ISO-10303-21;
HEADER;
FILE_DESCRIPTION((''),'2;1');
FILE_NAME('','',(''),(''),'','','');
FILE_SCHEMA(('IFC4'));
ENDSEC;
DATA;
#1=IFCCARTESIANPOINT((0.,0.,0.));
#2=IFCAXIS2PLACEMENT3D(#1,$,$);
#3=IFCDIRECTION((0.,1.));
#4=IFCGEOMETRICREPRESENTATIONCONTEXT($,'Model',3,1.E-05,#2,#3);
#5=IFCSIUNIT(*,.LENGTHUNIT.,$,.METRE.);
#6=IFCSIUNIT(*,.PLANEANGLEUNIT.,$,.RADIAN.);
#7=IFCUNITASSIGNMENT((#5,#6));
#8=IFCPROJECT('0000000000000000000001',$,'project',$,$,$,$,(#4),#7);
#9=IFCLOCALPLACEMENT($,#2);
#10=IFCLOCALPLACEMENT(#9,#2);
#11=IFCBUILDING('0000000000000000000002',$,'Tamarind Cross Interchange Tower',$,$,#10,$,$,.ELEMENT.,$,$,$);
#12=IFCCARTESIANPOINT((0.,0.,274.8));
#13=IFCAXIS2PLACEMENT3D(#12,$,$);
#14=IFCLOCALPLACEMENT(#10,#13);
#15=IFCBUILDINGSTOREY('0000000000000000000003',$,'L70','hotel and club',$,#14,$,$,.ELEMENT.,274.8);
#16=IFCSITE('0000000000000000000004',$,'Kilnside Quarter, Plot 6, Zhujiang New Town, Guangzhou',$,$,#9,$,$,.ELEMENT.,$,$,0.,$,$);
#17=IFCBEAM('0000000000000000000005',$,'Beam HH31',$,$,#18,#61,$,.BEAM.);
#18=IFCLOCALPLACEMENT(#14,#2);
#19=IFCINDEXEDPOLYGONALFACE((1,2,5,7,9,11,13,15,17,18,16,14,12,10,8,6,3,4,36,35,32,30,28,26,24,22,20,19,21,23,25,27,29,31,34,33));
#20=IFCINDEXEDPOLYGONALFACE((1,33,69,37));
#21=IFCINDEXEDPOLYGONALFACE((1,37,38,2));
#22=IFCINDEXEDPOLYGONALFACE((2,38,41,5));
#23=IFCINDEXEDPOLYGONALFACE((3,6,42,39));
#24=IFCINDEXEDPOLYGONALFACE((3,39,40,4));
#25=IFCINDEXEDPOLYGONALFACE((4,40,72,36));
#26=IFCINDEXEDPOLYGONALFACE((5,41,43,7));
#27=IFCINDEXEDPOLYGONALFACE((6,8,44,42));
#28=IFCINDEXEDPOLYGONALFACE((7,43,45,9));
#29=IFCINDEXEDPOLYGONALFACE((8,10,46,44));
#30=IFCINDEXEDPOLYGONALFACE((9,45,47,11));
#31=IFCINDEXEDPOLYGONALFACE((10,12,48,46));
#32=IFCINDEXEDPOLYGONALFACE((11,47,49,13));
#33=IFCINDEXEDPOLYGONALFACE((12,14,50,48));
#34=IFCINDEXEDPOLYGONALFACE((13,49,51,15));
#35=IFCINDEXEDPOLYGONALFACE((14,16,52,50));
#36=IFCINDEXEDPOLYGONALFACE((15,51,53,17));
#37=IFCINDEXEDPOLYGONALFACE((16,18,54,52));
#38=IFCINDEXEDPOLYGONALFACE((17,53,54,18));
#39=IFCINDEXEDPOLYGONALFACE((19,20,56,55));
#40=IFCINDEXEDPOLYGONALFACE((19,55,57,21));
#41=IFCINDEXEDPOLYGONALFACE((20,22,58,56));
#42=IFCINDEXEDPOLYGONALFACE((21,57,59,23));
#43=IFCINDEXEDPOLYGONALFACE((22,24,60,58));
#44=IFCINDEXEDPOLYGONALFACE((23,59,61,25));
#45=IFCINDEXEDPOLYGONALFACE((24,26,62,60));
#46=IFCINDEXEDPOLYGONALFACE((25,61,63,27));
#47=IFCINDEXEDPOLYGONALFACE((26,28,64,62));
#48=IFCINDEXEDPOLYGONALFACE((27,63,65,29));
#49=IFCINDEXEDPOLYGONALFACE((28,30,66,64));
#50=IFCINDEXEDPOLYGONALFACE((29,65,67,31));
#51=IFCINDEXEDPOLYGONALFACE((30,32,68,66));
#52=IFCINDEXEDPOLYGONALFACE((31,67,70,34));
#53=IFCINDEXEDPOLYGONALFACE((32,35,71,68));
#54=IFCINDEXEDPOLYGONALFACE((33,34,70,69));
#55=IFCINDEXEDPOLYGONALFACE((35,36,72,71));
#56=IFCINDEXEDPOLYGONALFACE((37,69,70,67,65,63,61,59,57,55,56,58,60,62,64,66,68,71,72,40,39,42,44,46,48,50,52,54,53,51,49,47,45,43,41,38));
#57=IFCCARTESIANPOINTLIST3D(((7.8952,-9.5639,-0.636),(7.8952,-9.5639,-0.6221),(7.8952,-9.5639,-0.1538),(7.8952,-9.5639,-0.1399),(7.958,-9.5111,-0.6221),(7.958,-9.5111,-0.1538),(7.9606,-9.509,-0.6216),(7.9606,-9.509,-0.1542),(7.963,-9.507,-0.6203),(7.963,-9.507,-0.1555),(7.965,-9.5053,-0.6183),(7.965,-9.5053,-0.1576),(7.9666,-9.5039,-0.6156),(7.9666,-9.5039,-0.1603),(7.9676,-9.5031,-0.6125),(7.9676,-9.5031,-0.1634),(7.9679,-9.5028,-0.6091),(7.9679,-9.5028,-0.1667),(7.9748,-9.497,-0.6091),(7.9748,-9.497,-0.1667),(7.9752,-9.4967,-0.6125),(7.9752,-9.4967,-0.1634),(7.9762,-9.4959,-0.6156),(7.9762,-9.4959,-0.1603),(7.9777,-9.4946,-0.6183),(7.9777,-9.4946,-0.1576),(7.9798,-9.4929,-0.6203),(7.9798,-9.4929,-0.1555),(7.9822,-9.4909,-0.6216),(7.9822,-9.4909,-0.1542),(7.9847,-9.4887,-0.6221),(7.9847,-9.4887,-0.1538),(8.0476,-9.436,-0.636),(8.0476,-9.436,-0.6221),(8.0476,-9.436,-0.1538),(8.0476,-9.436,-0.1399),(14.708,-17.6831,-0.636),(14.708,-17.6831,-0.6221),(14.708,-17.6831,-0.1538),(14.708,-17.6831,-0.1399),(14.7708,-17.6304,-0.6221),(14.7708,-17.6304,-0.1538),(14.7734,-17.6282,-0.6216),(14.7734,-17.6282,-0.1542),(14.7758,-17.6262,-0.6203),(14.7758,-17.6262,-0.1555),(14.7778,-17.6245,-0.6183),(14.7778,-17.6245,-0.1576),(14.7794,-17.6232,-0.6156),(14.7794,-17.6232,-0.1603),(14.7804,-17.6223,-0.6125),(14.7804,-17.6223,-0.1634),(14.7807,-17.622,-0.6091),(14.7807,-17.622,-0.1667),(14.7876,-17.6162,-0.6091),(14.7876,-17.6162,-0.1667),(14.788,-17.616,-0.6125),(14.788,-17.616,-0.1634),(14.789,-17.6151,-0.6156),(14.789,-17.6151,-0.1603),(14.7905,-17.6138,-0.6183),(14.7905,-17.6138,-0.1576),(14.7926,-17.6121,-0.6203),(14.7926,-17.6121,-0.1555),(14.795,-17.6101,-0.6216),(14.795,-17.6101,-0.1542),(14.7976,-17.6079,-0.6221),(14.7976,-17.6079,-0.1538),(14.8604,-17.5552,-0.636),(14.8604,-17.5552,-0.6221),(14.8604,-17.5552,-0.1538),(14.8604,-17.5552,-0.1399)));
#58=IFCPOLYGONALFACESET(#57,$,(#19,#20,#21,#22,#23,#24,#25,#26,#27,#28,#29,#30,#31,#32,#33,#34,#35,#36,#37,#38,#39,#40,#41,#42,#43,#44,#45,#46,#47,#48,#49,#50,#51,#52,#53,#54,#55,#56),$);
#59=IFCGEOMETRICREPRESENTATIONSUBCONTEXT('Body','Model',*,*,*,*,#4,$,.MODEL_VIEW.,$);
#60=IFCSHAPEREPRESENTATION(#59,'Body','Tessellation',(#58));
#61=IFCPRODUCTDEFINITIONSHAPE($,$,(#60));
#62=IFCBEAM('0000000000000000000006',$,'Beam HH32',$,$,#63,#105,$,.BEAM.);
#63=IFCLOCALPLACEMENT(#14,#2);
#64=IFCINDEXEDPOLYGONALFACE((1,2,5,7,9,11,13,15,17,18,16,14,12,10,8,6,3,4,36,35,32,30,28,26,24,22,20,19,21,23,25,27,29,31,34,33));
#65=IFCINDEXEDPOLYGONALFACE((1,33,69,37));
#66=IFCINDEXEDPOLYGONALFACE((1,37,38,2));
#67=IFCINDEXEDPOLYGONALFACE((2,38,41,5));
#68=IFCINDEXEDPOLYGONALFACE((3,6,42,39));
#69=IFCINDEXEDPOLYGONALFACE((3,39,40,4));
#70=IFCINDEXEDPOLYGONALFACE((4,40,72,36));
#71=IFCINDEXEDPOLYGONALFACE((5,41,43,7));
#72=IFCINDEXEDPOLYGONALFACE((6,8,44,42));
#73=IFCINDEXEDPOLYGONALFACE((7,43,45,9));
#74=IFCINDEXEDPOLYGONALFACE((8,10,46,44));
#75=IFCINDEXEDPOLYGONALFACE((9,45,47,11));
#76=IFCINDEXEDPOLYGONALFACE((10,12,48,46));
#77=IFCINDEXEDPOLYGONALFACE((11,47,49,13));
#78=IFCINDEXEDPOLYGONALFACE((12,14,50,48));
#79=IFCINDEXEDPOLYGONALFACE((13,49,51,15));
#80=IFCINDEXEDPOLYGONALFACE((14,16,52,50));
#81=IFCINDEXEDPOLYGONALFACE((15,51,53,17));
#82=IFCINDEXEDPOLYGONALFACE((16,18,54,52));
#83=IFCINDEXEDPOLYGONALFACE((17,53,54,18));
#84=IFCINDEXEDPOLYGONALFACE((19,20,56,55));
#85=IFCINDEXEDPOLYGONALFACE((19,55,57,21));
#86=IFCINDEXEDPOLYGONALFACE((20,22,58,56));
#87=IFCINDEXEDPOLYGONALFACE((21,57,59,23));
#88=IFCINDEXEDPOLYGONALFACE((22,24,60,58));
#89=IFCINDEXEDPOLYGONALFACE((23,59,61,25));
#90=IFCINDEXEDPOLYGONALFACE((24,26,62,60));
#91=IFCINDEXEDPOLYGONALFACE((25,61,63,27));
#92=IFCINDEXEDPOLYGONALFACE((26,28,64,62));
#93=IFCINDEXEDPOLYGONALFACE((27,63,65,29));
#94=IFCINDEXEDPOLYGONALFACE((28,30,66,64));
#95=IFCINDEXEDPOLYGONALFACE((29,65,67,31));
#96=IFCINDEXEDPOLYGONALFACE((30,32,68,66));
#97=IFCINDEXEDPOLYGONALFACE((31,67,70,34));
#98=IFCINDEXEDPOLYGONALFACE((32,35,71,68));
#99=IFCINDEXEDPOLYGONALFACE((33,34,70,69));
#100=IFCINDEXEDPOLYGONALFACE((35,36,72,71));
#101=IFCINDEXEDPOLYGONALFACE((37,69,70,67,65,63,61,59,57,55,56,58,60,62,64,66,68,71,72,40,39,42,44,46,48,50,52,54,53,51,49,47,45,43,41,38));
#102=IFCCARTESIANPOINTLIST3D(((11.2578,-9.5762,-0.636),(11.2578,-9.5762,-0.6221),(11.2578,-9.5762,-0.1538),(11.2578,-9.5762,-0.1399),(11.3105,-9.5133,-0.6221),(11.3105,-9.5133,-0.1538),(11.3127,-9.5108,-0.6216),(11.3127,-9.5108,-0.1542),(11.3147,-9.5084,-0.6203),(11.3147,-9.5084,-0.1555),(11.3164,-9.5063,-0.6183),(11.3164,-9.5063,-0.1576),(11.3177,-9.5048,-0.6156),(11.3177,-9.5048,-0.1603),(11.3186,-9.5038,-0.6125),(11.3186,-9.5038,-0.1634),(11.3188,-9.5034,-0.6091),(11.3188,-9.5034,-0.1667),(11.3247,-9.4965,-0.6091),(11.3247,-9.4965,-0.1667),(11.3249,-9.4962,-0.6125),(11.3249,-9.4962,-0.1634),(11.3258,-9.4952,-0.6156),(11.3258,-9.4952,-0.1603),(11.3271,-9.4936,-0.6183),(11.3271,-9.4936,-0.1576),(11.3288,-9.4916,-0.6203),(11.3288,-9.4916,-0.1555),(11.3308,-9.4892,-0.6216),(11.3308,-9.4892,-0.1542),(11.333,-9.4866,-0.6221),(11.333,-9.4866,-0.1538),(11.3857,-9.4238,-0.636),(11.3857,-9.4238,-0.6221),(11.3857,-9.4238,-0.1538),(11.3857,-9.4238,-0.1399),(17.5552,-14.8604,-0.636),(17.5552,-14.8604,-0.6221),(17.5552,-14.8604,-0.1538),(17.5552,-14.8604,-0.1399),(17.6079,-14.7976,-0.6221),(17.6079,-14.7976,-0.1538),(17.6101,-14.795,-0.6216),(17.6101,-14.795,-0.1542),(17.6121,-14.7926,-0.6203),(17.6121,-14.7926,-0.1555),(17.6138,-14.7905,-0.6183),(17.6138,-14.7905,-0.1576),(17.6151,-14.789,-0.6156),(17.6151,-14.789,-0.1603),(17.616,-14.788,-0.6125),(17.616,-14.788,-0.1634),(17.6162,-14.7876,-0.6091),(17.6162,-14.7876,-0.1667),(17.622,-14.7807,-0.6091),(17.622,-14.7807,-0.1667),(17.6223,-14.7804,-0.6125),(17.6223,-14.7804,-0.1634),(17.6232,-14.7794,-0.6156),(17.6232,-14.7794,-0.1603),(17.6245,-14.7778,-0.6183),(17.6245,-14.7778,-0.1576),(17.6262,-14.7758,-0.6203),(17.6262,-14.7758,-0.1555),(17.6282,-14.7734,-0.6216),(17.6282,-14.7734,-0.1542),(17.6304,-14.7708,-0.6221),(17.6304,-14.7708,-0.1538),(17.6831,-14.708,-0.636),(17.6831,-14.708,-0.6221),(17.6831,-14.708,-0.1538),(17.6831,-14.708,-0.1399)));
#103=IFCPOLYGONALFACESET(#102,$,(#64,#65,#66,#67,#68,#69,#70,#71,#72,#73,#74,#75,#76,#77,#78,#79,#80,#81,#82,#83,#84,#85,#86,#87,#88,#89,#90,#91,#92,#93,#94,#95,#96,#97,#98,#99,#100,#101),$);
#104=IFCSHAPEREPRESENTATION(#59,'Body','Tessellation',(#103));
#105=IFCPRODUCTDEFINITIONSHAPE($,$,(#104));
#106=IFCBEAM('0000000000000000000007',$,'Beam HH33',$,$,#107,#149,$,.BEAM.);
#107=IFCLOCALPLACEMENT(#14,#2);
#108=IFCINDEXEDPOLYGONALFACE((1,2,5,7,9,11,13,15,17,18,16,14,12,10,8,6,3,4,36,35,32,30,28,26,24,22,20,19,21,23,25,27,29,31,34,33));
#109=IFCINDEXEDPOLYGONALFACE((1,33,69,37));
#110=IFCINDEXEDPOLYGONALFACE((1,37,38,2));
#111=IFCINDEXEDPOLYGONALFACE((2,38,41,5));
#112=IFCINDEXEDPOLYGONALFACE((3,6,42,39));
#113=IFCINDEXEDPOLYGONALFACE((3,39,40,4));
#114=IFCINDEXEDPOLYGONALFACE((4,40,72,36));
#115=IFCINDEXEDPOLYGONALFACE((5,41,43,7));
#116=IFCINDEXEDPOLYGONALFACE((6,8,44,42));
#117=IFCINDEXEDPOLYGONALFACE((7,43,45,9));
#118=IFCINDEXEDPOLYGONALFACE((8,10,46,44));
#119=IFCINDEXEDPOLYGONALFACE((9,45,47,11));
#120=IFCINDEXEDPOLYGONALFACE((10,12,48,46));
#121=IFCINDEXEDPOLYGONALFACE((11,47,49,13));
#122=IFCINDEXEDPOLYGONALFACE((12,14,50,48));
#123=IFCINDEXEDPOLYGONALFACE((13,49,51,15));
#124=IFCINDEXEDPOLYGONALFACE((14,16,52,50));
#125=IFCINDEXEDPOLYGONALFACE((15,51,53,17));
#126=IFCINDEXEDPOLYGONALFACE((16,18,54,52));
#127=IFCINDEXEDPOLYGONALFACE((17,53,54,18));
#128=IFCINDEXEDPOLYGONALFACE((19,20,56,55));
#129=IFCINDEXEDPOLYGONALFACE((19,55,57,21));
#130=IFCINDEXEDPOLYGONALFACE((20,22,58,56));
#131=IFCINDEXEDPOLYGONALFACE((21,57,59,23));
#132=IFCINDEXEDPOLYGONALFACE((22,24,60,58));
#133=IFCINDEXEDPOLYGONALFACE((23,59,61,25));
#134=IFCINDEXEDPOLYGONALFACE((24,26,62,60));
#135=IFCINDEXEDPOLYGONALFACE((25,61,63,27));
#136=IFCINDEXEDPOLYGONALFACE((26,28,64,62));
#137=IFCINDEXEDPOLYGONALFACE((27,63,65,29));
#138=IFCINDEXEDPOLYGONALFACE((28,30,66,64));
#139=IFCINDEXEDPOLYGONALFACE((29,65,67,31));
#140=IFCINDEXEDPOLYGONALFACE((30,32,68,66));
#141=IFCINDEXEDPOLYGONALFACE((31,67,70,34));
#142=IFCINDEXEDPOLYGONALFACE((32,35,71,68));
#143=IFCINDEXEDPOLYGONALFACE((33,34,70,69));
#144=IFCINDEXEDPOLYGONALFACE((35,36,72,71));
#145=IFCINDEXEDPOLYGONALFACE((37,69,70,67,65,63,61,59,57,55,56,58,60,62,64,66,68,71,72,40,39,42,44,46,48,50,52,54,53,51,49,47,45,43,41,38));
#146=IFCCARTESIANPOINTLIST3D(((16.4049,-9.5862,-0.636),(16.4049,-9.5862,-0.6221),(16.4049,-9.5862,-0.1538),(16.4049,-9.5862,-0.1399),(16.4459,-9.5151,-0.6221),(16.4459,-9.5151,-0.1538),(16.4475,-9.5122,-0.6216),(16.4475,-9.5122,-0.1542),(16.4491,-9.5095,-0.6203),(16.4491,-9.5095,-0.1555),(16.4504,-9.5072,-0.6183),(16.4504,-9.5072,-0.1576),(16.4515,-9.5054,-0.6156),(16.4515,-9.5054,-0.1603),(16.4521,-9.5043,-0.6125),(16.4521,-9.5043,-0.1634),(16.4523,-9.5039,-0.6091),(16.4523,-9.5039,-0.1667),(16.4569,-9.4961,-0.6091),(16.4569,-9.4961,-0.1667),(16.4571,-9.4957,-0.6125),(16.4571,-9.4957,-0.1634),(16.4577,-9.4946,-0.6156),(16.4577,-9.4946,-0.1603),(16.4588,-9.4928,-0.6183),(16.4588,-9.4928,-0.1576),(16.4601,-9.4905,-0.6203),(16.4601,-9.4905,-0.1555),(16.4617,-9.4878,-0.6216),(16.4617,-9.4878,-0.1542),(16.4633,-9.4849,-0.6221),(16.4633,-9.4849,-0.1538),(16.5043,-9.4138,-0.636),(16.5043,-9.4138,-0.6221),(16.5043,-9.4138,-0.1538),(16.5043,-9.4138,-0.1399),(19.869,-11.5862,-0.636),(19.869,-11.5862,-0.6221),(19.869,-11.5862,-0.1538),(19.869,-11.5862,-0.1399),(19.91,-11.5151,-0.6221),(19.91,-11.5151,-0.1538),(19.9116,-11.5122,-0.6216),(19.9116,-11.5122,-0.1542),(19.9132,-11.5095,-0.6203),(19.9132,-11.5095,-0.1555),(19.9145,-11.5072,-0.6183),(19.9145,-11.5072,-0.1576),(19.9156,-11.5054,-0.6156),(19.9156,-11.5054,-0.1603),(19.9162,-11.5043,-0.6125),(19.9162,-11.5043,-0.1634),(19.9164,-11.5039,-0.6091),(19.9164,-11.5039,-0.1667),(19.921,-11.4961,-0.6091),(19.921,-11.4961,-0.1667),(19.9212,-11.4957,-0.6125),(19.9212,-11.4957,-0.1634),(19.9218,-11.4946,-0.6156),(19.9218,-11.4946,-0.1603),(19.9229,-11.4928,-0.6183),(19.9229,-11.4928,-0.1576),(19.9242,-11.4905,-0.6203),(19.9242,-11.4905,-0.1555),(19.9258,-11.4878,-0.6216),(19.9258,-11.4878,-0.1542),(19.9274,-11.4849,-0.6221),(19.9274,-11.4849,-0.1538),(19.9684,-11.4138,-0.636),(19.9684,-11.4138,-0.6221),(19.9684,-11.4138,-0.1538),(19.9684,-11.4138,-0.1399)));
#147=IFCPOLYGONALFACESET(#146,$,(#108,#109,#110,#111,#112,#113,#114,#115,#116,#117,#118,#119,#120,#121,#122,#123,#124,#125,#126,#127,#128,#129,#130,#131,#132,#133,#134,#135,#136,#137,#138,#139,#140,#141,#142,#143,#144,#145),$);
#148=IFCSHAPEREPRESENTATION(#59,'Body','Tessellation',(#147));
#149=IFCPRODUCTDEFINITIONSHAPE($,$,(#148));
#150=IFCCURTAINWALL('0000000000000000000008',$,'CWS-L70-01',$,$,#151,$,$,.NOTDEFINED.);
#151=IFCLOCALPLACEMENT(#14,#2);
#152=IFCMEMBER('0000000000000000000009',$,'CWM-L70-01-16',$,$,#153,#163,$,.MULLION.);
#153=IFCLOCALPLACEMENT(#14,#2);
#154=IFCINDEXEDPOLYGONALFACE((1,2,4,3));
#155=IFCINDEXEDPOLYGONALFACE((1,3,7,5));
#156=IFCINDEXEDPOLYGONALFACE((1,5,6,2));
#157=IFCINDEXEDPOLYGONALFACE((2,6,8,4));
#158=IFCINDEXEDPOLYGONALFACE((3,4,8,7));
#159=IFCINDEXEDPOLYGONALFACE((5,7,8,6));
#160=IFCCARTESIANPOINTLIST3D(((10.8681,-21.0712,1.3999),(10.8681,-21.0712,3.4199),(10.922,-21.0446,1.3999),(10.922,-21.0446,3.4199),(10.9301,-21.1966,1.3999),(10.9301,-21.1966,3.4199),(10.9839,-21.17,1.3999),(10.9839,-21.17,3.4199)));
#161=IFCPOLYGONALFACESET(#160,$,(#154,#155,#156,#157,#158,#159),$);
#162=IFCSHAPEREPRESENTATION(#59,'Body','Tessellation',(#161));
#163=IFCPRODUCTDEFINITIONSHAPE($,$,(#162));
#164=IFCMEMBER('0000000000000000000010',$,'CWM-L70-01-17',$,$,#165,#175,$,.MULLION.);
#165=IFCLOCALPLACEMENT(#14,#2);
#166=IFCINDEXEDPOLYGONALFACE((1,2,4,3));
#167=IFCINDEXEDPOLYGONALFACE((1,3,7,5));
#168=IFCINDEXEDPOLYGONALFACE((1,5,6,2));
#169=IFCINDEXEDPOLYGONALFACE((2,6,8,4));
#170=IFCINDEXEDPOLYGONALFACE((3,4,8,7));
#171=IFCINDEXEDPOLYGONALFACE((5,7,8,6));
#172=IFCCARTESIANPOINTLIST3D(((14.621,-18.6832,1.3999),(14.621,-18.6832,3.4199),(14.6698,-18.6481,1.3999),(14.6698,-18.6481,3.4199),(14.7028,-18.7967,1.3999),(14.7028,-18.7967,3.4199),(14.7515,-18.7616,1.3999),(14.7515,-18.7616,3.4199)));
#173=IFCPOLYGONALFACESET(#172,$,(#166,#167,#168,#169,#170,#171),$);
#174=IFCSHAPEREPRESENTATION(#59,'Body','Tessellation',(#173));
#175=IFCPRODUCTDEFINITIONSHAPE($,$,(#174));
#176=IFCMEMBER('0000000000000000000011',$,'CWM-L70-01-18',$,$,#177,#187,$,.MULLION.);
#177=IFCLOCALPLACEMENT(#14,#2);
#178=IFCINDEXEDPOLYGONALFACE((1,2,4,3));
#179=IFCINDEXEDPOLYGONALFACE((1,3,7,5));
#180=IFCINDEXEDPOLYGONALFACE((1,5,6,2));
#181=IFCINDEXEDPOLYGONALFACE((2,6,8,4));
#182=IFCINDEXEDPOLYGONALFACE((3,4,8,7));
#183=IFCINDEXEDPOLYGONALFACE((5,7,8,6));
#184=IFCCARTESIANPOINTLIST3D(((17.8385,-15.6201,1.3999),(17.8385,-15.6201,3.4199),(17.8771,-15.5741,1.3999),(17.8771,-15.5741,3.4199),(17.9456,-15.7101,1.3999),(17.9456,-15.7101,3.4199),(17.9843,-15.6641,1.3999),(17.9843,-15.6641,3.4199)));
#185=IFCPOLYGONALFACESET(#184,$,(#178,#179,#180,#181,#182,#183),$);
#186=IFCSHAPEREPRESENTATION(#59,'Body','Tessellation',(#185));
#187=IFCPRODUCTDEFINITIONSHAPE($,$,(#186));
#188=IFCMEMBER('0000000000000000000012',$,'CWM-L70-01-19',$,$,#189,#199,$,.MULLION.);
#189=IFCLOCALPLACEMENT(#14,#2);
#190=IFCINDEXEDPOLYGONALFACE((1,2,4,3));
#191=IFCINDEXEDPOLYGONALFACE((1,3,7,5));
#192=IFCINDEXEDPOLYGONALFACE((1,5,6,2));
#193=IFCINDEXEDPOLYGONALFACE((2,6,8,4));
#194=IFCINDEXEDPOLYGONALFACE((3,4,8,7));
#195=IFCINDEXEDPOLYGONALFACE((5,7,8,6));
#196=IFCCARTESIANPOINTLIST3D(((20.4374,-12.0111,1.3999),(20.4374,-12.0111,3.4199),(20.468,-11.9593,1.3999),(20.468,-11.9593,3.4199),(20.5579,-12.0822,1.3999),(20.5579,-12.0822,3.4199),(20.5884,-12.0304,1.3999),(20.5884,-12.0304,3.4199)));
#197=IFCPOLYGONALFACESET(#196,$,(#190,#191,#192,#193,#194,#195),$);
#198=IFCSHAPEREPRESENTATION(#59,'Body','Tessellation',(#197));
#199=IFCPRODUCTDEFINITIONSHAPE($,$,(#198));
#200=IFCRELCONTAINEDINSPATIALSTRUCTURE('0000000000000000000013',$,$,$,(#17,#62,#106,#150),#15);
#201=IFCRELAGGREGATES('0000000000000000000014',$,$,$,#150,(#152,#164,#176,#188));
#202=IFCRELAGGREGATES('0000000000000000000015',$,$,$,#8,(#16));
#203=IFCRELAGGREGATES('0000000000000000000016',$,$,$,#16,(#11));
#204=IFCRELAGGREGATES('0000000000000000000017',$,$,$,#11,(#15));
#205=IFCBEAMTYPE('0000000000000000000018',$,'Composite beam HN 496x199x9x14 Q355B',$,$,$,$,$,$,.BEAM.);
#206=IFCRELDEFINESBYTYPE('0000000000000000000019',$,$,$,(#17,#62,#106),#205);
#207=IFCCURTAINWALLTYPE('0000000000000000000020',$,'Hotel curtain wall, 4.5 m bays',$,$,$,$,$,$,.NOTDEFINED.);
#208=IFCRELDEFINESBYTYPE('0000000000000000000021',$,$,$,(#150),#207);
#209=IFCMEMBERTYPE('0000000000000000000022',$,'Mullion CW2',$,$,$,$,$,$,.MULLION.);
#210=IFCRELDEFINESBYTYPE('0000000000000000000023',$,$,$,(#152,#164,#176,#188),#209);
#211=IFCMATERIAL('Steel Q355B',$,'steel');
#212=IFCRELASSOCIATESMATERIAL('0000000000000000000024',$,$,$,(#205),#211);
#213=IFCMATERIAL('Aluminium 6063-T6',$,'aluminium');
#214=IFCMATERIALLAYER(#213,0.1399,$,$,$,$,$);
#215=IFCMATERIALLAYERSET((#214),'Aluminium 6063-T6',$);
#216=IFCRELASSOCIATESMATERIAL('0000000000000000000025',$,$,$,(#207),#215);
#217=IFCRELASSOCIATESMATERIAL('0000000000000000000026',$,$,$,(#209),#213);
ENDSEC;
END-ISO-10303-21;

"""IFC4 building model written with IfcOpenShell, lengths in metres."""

from ifc_helpers import new_model, si_unit, direction, frame, origin, origin_2d, place, context, subcontext, project, spatial, rectangle, i_section, extrude, material, layer, layer_set, material_profile, profile_set, type_object, element, aggregate, save


model = new_model("IFC4")

# Units and contexts
model_context = context("Model", 3, precision=1e-05, world=origin(), true_north=direction((0.0, 1.0)))
body_context = subcontext(model_context, "Body", "Model", "MODEL_VIEW")
ifc_project = project(units=[si_unit("LENGTHUNIT", "METRE"), si_unit("PLANEANGLEUNIT", "RADIAN")], contexts=[model_context])

# Site, building, storey
site_placement = place(None, origin())
site = spatial("IfcSite", under=ifc_project, at=site_placement, Name="Kilnside Quarter, Plot 6, Zhujiang New Town, Guangzhou", CompositionType="ELEMENT", RefElevation=0.0)
building_placement = place(site_placement, origin())
building = spatial("IfcBuilding", under=site, at=building_placement, Name="Tamarind Cross Interchange Tower", CompositionType="ELEMENT")
storey_placement = place(building_placement, frame((0.0, 0.0, 274.8)))
storey = spatial("IfcBuildingStorey", under=building, at=storey_placement, Name="L70", Description="hotel and club", CompositionType="ELEMENT", Elevation=274.8)

# Beams
ifc_material_1 = material(Name="Steel Q355B", Category="steel")
ifc_material_profile_1 = material_profile(ifc_material_1, i_section(OverallWidth=0.199, OverallDepth=0.4961, WebThickness=0.009, FlangeThickness=0.0139, FilletRadius=0.0129, at=origin_2d()), Name="HN 496x199x9x14")
ifc_profile_set_1 = profile_set([ifc_material_profile_1], Name="Steel Q355B")
beam_type = type_object("IfcBeamType", Name="Composite beam HN 496x199x9x14 Q355B", PredefinedType="BEAM", material=ifc_profile_set_1)
beam_1_placement = place(storey_placement, frame((14.7842, -17.6191, -0.3879), z_axis=(-0.642786, 0.766046, 0.0), x_axis=(-0.766046, -0.642786, 0.0)))
element("IfcBeam", 1, at=beam_1_placement, inside=storey, type_object=beam_type, Name="Beam HH31", PredefinedType="BEAM", context=body_context, shape_type="SweptSolid", body=[
    extrude(i_section(OverallWidth=0.199, OverallDepth=0.4961, WebThickness=0.009, FlangeThickness=0.0139, FilletRadius=0.0129, at=origin_2d()), origin(), (0.0, 0.0, 1.0), 10.5989),
])
beam_2_placement = place(storey_placement, frame((17.6191, -14.7842, -0.3879), z_axis=(-0.766041, 0.642792, 0.0), x_axis=(-0.642792, -0.766041, 0.0)))
element("IfcBeam", 2, at=beam_2_placement, inside=storey, type_object=beam_type, Name="Beam HH32", PredefinedType="BEAM", context=body_context, shape_type="SweptSolid", body=[
    extrude(i_section(OverallWidth=0.199, OverallDepth=0.4961, WebThickness=0.009, FlangeThickness=0.0139, FilletRadius=0.0129, at=origin_2d()), origin(), (0.0, 0.0, 1.0), 8.2207),
])
beam_3_placement = place(storey_placement, frame((19.9187, -11.5, -0.3879), z_axis=(-0.866026, 0.499999, 0.0), x_axis=(-0.499999, -0.866026, 0.0)))
element("IfcBeam", 3, at=beam_3_placement, inside=storey, type_object=beam_type, Name="Beam HH33", PredefinedType="BEAM", context=body_context, shape_type="SweptSolid", body=[
    extrude(i_section(OverallWidth=0.199, OverallDepth=0.4961, WebThickness=0.009, FlangeThickness=0.0139, FilletRadius=0.0129, at=origin_2d()), origin(), (0.0, 0.0, 1.0), 4.0),
])

# Curtain wall, members
ifc_material_2 = material(Name="Aluminium 6063-T6", Category="aluminium")
ifc_layer_1 = layer(ifc_material_2, 0.1399)
ifc_layer_set_1 = layer_set([ifc_layer_1], Name="Aluminium 6063-T6")
curtain_wall_type = type_object("IfcCurtainWallType", Name="Hotel curtain wall, 4.5 m bays", PredefinedType="NOTDEFINED", material=ifc_layer_set_1)
curtain_wall_placement = place(storey_placement, origin())
curtain_wall = element("IfcCurtainWall", 4, at=curtain_wall_placement, inside=storey, type_object=curtain_wall_type, Name="CWS-L70-01", PredefinedType="NOTDEFINED")
ifc_material_profile_2 = material_profile(ifc_material_2, rectangle(XDim=0.0601, YDim=0.1399, at=origin_2d()), Name="Mullion CW2")
ifc_profile_set_2 = profile_set([ifc_material_profile_2], Name="Aluminium 6063-T6")
member_type = type_object("IfcMemberType", Name="Mullion CW2", PredefinedType="MULLION", material=ifc_profile_set_2)
member_1_placement = place(storey_placement, frame((10.926, -21.1206, 1.3999), z_axis=(0.0, 0.0, 1.0), x_axis=(0.896493, 0.443059, 0.0)))
member_1 = element("IfcMember", 5, at=member_1_placement, type_object=member_type, Name="CWM-L70-01-16", PredefinedType="MULLION", context=body_context, shape_type="SweptSolid", body=[
    extrude(rectangle(XDim=0.0601, YDim=0.1399, at=origin_2d()), origin(), (0.0, 0.0, 1.0), 2.02),
])
member_2_placement = place(storey_placement, frame((14.6863, -18.7224, 1.3999), z_axis=(0.0, 0.0, 1.0), x_axis=(0.81134, 0.584574, 0.0)))
member_2 = element("IfcMember", 6, at=member_2_placement, type_object=member_type, Name="CWM-L70-01-17", PredefinedType="MULLION", context=body_context, shape_type="SweptSolid", body=[
    extrude(rectangle(XDim=0.0601, YDim=0.1399, at=origin_2d()), origin(), (0.0, 0.0, 1.0), 2.02),
])
member_3_placement = place(storey_placement, frame((17.9114, -15.6421, 1.3999), z_axis=(0.0, 0.0, 1.0), x_axis=(0.643009, 0.765858, 0.0)))
member_3 = element("IfcMember", 7, at=member_3_placement, type_object=member_type, Name="CWM-L70-01-18", PredefinedType="MULLION", context=body_context, shape_type="SweptSolid", body=[
    extrude(rectangle(XDim=0.0601, YDim=0.1399, at=origin_2d()), origin(), (0.0, 0.0, 1.0), 2.02),
])
member_4_placement = place(storey_placement, frame((20.5129, -12.0208, 1.3999), z_axis=(0.0, 0.0, 1.0), x_axis=(0.508183, 0.861249, 0.0)))
member_4 = element("IfcMember", 8, at=member_4_placement, type_object=member_type, Name="CWM-L70-01-19", PredefinedType="MULLION", context=body_context, shape_type="SweptSolid", body=[
    extrude(rectangle(XDim=0.0601, YDim=0.1399, at=origin_2d()), origin(), (0.0, 0.0, 1.0), 2.02),
])
aggregate(curtain_wall, [member_1, member_2, member_3, member_4])

save(model, "model.ifc")
